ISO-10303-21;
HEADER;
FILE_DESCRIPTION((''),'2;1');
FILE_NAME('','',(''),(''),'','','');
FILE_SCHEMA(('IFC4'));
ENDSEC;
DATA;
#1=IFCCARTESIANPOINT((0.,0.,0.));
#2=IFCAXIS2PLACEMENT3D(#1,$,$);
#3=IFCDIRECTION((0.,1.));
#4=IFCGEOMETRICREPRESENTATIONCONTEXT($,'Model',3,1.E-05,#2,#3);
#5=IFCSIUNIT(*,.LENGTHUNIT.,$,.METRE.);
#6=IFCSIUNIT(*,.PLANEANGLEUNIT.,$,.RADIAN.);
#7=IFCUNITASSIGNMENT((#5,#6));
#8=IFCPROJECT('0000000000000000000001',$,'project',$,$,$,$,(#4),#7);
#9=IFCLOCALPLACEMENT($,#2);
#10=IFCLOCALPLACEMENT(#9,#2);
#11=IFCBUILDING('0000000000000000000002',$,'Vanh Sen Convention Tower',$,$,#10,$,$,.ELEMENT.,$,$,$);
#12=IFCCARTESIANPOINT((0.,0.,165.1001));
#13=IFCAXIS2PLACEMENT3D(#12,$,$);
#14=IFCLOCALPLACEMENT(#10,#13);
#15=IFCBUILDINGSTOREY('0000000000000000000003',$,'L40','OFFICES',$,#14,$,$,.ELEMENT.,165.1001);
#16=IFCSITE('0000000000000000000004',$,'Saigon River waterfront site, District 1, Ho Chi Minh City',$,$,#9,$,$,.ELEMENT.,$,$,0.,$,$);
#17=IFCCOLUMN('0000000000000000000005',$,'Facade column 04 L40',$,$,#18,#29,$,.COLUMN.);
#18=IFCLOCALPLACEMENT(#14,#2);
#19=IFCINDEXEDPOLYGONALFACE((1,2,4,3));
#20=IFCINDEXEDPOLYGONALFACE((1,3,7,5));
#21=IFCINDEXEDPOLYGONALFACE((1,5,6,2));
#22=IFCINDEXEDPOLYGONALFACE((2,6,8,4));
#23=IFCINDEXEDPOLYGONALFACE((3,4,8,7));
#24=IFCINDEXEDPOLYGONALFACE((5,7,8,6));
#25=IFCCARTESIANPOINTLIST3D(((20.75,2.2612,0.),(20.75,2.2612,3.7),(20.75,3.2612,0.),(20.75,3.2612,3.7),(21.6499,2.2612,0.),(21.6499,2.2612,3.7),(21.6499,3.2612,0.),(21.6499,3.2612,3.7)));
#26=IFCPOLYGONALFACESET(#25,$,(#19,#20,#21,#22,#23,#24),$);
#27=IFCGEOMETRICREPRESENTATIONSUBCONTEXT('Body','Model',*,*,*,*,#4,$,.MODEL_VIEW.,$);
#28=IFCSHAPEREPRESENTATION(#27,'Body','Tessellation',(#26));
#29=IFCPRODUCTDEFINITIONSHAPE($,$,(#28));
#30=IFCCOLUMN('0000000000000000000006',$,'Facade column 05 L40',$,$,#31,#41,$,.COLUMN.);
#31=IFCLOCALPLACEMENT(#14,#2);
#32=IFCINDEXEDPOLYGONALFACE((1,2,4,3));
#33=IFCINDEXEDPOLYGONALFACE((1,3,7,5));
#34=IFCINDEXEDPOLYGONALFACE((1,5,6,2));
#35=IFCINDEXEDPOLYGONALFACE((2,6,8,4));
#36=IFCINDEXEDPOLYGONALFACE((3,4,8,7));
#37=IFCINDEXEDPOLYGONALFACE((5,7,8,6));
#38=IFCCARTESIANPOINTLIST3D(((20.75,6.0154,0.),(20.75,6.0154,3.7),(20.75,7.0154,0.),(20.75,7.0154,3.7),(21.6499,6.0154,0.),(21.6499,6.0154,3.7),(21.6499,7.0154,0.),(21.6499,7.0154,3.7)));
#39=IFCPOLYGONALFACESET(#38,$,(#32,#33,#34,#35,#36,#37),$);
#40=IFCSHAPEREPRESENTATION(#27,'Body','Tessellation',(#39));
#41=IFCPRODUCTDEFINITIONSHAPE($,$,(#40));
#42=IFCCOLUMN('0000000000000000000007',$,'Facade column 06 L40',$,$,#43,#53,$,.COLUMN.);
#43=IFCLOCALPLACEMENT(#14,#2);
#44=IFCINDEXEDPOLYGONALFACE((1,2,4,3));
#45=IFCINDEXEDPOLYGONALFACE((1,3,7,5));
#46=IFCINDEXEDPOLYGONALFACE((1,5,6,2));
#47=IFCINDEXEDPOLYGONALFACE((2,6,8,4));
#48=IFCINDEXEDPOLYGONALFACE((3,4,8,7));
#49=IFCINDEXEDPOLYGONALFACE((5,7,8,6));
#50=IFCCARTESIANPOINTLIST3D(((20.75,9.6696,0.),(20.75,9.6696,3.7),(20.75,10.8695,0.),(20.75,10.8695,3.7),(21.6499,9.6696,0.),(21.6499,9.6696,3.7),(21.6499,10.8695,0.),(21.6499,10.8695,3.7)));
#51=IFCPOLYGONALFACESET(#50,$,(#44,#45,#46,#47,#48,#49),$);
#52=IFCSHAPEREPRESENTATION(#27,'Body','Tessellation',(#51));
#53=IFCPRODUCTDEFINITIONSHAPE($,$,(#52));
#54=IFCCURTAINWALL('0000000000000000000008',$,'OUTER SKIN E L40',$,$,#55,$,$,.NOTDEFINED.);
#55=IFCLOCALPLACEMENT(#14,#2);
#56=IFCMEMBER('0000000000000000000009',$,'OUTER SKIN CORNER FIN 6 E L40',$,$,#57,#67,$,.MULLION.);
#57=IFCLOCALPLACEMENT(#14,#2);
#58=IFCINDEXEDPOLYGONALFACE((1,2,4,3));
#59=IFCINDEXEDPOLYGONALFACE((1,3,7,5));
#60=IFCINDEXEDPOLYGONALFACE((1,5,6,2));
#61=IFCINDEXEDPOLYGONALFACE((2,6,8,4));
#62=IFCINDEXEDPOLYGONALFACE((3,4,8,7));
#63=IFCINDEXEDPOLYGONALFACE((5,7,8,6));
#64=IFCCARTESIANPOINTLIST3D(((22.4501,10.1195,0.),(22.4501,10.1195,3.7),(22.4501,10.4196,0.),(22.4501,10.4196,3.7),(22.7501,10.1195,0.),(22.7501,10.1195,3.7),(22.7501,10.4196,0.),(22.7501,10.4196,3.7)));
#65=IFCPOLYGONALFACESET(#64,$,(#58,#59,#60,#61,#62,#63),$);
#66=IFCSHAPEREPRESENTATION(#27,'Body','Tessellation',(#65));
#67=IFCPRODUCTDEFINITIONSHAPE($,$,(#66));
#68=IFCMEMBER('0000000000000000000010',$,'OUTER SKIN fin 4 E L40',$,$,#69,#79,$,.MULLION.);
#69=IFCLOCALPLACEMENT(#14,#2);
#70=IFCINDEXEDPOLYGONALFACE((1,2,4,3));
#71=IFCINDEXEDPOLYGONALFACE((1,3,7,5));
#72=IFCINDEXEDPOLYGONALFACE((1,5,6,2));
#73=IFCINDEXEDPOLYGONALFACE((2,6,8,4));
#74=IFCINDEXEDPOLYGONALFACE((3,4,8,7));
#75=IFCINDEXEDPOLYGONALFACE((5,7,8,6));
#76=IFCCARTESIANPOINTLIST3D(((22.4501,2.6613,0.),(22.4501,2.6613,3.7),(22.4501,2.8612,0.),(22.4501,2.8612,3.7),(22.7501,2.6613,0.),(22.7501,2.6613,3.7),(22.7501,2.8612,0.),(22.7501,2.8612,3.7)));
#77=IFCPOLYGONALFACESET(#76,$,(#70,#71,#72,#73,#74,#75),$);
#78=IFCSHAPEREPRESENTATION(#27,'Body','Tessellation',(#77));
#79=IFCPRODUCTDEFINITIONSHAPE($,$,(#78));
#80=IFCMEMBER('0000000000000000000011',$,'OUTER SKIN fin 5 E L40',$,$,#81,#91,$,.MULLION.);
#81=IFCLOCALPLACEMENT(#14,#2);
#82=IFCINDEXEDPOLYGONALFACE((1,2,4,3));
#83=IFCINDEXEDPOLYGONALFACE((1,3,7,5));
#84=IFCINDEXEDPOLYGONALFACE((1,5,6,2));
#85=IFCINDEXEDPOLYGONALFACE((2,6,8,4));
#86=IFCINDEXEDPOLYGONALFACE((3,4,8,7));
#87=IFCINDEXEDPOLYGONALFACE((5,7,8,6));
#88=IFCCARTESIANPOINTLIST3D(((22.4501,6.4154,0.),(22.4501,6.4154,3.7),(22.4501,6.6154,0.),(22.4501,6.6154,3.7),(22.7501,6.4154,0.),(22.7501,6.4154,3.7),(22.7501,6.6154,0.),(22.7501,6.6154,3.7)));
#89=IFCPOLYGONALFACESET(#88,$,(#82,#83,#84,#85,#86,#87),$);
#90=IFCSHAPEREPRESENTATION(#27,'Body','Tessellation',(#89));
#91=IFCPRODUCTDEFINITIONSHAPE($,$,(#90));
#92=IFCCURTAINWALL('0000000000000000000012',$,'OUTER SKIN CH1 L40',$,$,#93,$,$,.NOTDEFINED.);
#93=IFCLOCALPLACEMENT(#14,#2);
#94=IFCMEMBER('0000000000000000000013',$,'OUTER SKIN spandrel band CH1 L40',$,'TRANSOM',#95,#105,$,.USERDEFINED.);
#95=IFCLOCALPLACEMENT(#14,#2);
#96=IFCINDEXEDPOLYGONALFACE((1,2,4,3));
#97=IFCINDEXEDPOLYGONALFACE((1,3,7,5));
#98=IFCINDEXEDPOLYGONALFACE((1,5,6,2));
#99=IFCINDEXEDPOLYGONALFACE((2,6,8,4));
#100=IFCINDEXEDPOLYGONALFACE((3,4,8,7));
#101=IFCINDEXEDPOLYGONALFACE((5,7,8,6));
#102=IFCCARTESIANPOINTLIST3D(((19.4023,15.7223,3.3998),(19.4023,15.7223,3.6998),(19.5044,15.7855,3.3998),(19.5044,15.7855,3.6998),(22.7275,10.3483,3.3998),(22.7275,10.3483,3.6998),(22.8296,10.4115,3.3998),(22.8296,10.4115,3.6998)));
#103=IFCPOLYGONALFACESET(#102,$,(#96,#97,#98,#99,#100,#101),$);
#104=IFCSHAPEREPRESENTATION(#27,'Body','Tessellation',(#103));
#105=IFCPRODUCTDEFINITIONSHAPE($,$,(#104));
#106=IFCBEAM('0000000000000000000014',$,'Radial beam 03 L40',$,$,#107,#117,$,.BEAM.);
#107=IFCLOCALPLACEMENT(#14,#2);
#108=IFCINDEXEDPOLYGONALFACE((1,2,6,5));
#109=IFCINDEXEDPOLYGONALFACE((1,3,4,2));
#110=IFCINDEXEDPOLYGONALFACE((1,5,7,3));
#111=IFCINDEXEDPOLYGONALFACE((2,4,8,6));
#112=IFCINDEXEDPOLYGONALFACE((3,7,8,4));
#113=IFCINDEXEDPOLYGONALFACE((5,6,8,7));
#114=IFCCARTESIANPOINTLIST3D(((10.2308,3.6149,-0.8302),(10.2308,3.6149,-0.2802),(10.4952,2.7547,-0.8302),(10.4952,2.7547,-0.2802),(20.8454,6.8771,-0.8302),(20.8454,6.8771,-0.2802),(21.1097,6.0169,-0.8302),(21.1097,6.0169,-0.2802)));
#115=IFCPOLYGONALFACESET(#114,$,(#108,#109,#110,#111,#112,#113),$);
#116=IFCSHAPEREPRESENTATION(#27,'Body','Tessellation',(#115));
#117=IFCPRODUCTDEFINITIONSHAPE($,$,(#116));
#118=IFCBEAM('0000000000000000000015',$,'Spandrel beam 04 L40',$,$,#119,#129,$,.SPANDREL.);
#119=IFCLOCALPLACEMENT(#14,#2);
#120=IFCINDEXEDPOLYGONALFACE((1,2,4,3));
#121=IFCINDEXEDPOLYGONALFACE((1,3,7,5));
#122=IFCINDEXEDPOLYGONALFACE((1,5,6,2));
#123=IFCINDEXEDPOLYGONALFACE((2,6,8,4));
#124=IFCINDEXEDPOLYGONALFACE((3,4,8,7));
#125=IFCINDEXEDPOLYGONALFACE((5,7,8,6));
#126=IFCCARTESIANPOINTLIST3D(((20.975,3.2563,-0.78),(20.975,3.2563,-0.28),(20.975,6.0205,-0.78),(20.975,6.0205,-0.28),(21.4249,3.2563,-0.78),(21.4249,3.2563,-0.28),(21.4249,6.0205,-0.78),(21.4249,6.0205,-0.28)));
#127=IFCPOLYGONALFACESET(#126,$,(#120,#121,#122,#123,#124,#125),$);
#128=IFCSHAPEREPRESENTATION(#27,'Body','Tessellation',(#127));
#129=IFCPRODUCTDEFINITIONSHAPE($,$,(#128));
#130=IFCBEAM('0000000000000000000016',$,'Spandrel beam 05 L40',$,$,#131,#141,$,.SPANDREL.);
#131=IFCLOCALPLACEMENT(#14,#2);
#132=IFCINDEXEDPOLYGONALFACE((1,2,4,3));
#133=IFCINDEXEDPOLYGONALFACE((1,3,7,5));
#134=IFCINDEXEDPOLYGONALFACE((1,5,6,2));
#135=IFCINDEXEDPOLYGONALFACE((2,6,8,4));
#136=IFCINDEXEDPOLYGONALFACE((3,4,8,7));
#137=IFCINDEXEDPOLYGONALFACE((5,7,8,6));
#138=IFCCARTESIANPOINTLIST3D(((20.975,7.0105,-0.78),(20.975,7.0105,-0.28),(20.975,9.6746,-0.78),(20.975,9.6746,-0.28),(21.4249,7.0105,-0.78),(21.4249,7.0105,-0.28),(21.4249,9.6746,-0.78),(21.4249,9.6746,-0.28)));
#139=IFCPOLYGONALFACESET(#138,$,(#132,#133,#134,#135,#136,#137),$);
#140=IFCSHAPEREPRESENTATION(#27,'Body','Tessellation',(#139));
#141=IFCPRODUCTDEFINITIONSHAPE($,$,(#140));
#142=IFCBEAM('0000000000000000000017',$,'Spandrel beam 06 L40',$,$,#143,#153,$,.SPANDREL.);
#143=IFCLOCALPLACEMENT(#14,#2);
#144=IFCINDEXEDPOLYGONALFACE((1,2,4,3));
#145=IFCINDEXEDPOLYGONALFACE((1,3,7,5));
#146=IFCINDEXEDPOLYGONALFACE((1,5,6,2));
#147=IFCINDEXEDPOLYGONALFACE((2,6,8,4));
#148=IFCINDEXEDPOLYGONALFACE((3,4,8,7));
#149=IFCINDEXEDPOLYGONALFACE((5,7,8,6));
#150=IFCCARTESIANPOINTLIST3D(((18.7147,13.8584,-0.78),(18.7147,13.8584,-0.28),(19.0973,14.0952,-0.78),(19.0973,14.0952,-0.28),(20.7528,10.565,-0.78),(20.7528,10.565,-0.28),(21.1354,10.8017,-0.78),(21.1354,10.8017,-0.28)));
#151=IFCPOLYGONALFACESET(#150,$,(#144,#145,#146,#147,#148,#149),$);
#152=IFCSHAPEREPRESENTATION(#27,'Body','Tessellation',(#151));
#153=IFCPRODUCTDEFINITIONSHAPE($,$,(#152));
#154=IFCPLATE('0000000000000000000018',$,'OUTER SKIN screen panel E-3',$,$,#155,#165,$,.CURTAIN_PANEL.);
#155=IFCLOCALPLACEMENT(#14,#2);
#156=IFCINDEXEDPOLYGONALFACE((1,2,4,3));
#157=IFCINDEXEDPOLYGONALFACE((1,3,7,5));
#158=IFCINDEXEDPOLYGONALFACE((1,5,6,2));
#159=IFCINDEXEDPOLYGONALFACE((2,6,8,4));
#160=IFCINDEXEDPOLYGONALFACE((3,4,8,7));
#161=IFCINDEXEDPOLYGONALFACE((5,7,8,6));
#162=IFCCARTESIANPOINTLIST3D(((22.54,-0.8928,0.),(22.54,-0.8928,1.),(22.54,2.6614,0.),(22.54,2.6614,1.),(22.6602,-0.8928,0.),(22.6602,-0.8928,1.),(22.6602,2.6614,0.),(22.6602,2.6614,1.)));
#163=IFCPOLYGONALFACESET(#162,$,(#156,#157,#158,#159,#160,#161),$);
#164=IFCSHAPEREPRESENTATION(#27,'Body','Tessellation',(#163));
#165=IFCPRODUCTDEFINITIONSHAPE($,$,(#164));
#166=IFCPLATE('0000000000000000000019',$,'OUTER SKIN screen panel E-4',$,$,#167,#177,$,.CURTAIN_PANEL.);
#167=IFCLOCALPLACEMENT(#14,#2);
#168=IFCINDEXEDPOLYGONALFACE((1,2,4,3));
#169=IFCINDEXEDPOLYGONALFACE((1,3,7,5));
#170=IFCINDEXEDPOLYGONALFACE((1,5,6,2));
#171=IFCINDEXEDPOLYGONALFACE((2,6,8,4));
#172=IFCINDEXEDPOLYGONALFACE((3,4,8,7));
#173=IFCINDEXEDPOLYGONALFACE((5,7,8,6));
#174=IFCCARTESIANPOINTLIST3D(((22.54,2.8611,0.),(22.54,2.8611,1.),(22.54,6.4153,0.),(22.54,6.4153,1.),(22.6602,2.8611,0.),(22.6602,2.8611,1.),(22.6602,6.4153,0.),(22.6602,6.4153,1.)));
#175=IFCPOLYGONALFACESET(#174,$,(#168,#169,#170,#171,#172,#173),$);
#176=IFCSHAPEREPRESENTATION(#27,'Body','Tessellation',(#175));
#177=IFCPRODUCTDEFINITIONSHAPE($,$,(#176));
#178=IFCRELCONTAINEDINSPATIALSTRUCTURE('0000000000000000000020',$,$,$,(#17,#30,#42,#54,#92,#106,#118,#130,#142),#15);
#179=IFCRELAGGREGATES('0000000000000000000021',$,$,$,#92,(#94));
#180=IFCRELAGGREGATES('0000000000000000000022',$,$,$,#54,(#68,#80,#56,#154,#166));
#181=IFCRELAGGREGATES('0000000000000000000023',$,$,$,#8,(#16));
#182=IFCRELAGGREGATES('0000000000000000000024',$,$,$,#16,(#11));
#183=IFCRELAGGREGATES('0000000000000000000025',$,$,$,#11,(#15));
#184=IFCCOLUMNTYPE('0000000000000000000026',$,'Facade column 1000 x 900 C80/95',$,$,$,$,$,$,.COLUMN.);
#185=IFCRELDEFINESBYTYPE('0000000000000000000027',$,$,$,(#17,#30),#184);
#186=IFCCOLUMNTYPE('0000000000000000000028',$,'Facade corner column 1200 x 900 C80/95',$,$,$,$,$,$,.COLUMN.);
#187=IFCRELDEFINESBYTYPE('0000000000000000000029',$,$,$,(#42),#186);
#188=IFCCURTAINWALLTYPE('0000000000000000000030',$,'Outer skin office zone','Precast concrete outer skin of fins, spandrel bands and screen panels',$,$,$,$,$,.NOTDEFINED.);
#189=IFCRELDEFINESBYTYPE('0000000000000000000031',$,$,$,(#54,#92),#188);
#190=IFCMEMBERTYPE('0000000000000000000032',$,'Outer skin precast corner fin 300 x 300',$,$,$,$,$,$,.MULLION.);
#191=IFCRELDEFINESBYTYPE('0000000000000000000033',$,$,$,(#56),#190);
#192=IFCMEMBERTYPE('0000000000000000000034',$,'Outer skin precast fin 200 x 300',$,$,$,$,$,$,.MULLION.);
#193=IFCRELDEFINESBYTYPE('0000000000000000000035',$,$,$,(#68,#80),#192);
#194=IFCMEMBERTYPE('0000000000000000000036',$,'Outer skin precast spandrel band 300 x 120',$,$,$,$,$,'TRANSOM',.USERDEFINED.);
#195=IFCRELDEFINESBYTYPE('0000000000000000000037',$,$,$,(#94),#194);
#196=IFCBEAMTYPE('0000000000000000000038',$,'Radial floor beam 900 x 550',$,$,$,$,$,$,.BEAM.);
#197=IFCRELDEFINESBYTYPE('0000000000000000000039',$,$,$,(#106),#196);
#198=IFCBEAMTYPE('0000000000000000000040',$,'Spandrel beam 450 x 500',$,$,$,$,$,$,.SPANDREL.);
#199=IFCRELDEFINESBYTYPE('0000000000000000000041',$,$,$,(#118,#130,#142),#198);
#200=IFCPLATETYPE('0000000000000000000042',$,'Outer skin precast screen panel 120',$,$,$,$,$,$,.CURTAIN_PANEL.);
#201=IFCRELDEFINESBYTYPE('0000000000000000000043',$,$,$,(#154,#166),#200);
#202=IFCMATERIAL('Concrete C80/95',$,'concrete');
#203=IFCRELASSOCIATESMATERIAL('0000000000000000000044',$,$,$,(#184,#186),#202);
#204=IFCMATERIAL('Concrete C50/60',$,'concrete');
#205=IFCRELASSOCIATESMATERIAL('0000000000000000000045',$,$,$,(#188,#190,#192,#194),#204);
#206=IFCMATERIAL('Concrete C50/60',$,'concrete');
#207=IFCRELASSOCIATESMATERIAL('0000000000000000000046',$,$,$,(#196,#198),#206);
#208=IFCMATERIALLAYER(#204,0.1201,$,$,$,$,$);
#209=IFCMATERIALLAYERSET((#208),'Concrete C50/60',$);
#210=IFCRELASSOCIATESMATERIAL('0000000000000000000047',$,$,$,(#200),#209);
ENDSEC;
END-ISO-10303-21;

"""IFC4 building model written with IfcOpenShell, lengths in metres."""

from ifc_helpers import new_model, si_unit, direction, frame, origin, origin_2d, place, context, subcontext, project, spatial, rectangle, extrude, material, layer, layer_set, material_profile, profile_set, type_object, element, aggregate, save


model = new_model("IFC4")

# Units and contexts
model_context = context("Model", 3, precision=1e-05, world=origin(), true_north=direction((0.0, 1.0)))
body_context = subcontext(model_context, "Body", "Model", "MODEL_VIEW")
ifc_project = project(units=[si_unit("LENGTHUNIT", "METRE"), si_unit("PLANEANGLEUNIT", "RADIAN")], contexts=[model_context])

# Site, building, storey
site_placement = place(None, origin())
site = spatial("IfcSite", under=ifc_project, at=site_placement, Name="Saigon River waterfront site, District 1, Ho Chi Minh City", CompositionType="ELEMENT", RefElevation=0.0)
building_placement = place(site_placement, origin())
building = spatial("IfcBuilding", under=site, at=building_placement, Name="Vanh Sen Convention Tower", CompositionType="ELEMENT")
storey_placement = place(building_placement, frame((0.0, 0.0, 165.1001)))
storey = spatial("IfcBuildingStorey", under=building, at=storey_placement, Name="L40", Description="OFFICES", CompositionType="ELEMENT", Elevation=165.1001)

# Columns
ifc_material_1 = material(Name="Concrete C80/95", Category="concrete")
ifc_material_profile_1 = material_profile(ifc_material_1, rectangle(XDim=1.0, YDim=0.8999, at=origin_2d()), Name="RC 1000X900")
ifc_profile_set_1 = profile_set([ifc_material_profile_1], Name="Concrete C80/95")
column_type_1 = type_object("IfcColumnType", Name="Facade column 1000 x 900 C80/95", PredefinedType="COLUMN", material=ifc_profile_set_1)
for number, where, z_axis, x_axis, name in (
    (1, (21.2, 2.7612, 0.0), (0.0, 0.0, 1.0), (0.0, 1.0, 0.0), "Facade column 04 L40"),
    (2, (21.2, 6.5154, 0.0), (0.0, 0.0, 1.0), (0.0, 1.0, 0.0), "Facade column 05 L40"),
):
    element("IfcColumn", number, at=place(storey_placement, frame(where, z_axis=z_axis, x_axis=x_axis)), inside=storey, type_object=column_type_1, Name=name, PredefinedType="COLUMN", context=body_context, shape_type="SweptSolid", body=[
        extrude(rectangle(XDim=1.0, YDim=0.8999, at=origin_2d()), origin(), (0.0, 0.0, 1.0), 3.7),
    ])
ifc_material_profile_2 = material_profile(ifc_material_1, rectangle(XDim=1.2, YDim=0.8999, at=origin_2d()), Name="RC 1200X900")
ifc_profile_set_2 = profile_set([ifc_material_profile_2], Name="Concrete C80/95")
column_type_2 = type_object("IfcColumnType", Name="Facade corner column 1200 x 900 C80/95", PredefinedType="COLUMN", material=ifc_profile_set_2)
column_placement = place(storey_placement, frame((21.2, 10.2695, 0.0), z_axis=(0.0, 0.0, 1.0), x_axis=(0.0, 1.0, 0.0)))
element("IfcColumn", 3, at=column_placement, inside=storey, type_object=column_type_2, Name="Facade column 06 L40", PredefinedType="COLUMN", context=body_context, shape_type="SweptSolid", body=[
    extrude(rectangle(XDim=1.2, YDim=0.8999, at=origin_2d()), origin(), (0.0, 0.0, 1.0), 3.7),
])

# Curtain wall, members
ifc_material_2 = material(Name="Concrete C50/60", Category="concrete")
curtain_wall_type = type_object("IfcCurtainWallType", Name="Outer skin office zone", Description="Precast concrete outer skin of fins, spandrel bands and screen panels", PredefinedType="NOTDEFINED", material=ifc_material_2)
curtain_wall_1_placement = place(storey_placement, origin())
curtain_wall_1 = element("IfcCurtainWall", 4, at=curtain_wall_1_placement, inside=storey, type_object=curtain_wall_type, Name="OUTER SKIN E L40", PredefinedType="NOTDEFINED")
ifc_material_profile_3 = material_profile(ifc_material_2, rectangle(XDim=0.3, YDim=0.3, at=origin_2d()), Name="Outer skin precast corner fin 300 x 300")
ifc_profile_set_3 = profile_set([ifc_material_profile_3], Name="Concrete C50/60")
member_type_1 = type_object("IfcMemberType", Name="Outer skin precast corner fin 300 x 300", PredefinedType="MULLION", material=ifc_profile_set_3)
member_1_placement = place(storey_placement, frame((22.6001, 10.2695, 0.0), z_axis=(0.0, 0.0, 1.0), x_axis=(0.0, 1.0, 0.0)))
member_1 = element("IfcMember", 5, at=member_1_placement, type_object=member_type_1, Name="OUTER SKIN CORNER FIN 6 E L40", PredefinedType="MULLION", context=body_context, shape_type="SweptSolid", body=[
    extrude(rectangle(XDim=0.3, YDim=0.3, at=origin_2d()), origin(), (0.0, 0.0, 1.0), 3.7),
])
ifc_material_profile_4 = material_profile(ifc_material_2, rectangle(XDim=0.2, YDim=0.3, at=origin_2d()), Name="Outer skin precast fin 200 x 300")
ifc_profile_set_4 = profile_set([ifc_material_profile_4], Name="Concrete C50/60")
member_type_2 = type_object("IfcMemberType", Name="Outer skin precast fin 200 x 300", PredefinedType="MULLION", material=ifc_profile_set_4)
member_2_placement = place(storey_placement, frame((22.6001, 2.7612, 0.0), z_axis=(0.0, 0.0, 1.0), x_axis=(0.0, 1.0, 0.0)))
member_2 = element("IfcMember", 6, at=member_2_placement, type_object=member_type_2, Name="OUTER SKIN fin 4 E L40", PredefinedType="MULLION", context=body_context, shape_type="SweptSolid", body=[
    extrude(rectangle(XDim=0.2, YDim=0.3, at=origin_2d()), origin(), (0.0, 0.0, 1.0), 3.7),
])
member_3_placement = place(storey_placement, frame((22.6001, 6.5154, 0.0), z_axis=(0.0, 0.0, 1.0), x_axis=(0.0, 1.0, 0.0)))
member_3 = element("IfcMember", 7, at=member_3_placement, type_object=member_type_2, Name="OUTER SKIN fin 5 E L40", PredefinedType="MULLION", context=body_context, shape_type="SweptSolid", body=[
    extrude(rectangle(XDim=0.2, YDim=0.3, at=origin_2d()), origin(), (0.0, 0.0, 1.0), 3.7),
])

# Curtain wall, member
curtain_wall_2_placement = place(storey_placement, origin())
curtain_wall_2 = element("IfcCurtainWall", 8, at=curtain_wall_2_placement, inside=storey, type_object=curtain_wall_type, Name="OUTER SKIN CH1 L40", PredefinedType="NOTDEFINED")
ifc_material_profile_5 = material_profile(ifc_material_2, rectangle(XDim=0.1201, YDim=0.3, at=origin_2d()), Name="Outer skin precast spandrel band 300 x 120")
ifc_profile_set_5 = profile_set([ifc_material_profile_5], Name="Concrete C50/60")
member_type_3 = type_object("IfcMemberType", Name="Outer skin precast spandrel band 300 x 120", ElementType="TRANSOM", PredefinedType="USERDEFINED", material=ifc_profile_set_5)
member_4_placement = place(storey_placement, frame((22.7786, 10.3799, 3.5498), z_axis=(-0.526174, 0.850377, 0.0), x_axis=(-0.850377, -0.526174, 0.0)))
member_4 = element("IfcMember", 9, at=member_4_placement, type_object=member_type_3, Name="OUTER SKIN spandrel band CH1 L40", ObjectType="TRANSOM", PredefinedType="USERDEFINED", context=body_context, shape_type="SweptSolid", body=[
    extrude(rectangle(XDim=0.1201, YDim=0.3, at=origin_2d()), origin(), (0.0, 0.0, 1.0), 6.3196),
])
aggregate(curtain_wall_2, [member_4])

# Beams
ifc_material_3 = material(Name="Concrete C50/60", Category="concrete")
ifc_material_profile_6 = material_profile(ifc_material_3, rectangle(XDim=0.8999, YDim=0.55, at=origin_2d()), Name="RC 900X550")
ifc_profile_set_6 = profile_set([ifc_material_profile_6], Name="Concrete C50/60")
beam_type_1 = type_object("IfcBeamType", Name="Radial floor beam 900 x 550", PredefinedType="BEAM", material=ifc_profile_set_6)
beam_1_placement = place(storey_placement, frame((20.9775, 6.447, -0.5552), z_axis=(-0.955875, -0.293774, 0.0), x_axis=(0.293774, -0.955875, 0.0)))
element("IfcBeam", 10, at=beam_1_placement, inside=storey, type_object=beam_type_1, Name="Radial beam 03 L40", PredefinedType="BEAM", context=body_context, shape_type="SweptSolid", body=[
    extrude(rectangle(XDim=0.8999, YDim=0.55, at=origin_2d()), origin(), (0.0, 0.0, 1.0), 11.1045),
])
ifc_material_profile_7 = material_profile(ifc_material_3, rectangle(XDim=0.45, YDim=0.5, at=origin_2d()), Name="RC 450X500")
ifc_profile_set_7 = profile_set([ifc_material_profile_7], Name="Concrete C50/60")
beam_type_2 = type_object("IfcBeamType", Name="Spandrel beam 450 x 500", PredefinedType="SPANDREL", material=ifc_profile_set_7)
beam_2_placement = place(storey_placement, frame((21.2, 3.2563, -0.53), z_axis=(0.0, 1.0, 0.0), x_axis=(-1.0, 0.0, 0.0)))
element("IfcBeam", 11, at=beam_2_placement, inside=storey, type_object=beam_type_2, Name="Spandrel beam 04 L40", PredefinedType="SPANDREL", context=body_context, shape_type="SweptSolid", body=[
    extrude(rectangle(XDim=0.45, YDim=0.5, at=origin_2d()), origin(), (0.0, 0.0, 1.0), 2.7642),
])
beam_3_placement = place(storey_placement, frame((21.2, 7.0105, -0.53), z_axis=(0.0, 1.0, 0.0), x_axis=(-1.0, 0.0, 0.0)))
element("IfcBeam", 12, at=beam_3_placement, inside=storey, type_object=beam_type_2, Name="Spandrel beam 05 L40", PredefinedType="SPANDREL", context=body_context, shape_type="SweptSolid", body=[
    extrude(rectangle(XDim=0.45, YDim=0.5, at=origin_2d()), origin(), (0.0, 0.0, 1.0), 2.6641),
])
beam_4_placement = place(storey_placement, frame((20.9441, 10.6833, -0.53), z_axis=(-0.52622, 0.850348, 0.0), x_axis=(-0.850348, -0.52622, 0.0)))
element("IfcBeam", 13, at=beam_4_placement, inside=storey, type_object=beam_type_2, Name="Spandrel beam 06 L40", PredefinedType="SPANDREL", context=body_context, shape_type="SweptSolid", body=[
    extrude(rectangle(XDim=0.45, YDim=0.5, at=origin_2d()), origin(), (0.0, 0.0, 1.0), 3.873),
])

# Plates
ifc_layer_1 = layer(ifc_material_2, 0.1201)
ifc_layer_set_1 = layer_set([ifc_layer_1], Name="Concrete C50/60")
plate_type = type_object("IfcPlateType", Name="Outer skin precast screen panel 120", PredefinedType="CURTAIN_PANEL", material=ifc_layer_set_1)
plate_1_placement = place(storey_placement, frame((22.6001, 0.8843, 0.0), z_axis=(0.0, 0.0, 1.0), x_axis=(0.0, 1.0, 0.0)))
plate_1 = element("IfcPlate", 14, at=plate_1_placement, type_object=plate_type, Name="OUTER SKIN screen panel E-3", PredefinedType="CURTAIN_PANEL", context=body_context, shape_type="SweptSolid", body=[
    extrude(rectangle(XDim=3.5542, YDim=0.1201, at=origin_2d()), origin(), (0.0, 0.0, 1.0), 1.0),
])
plate_2_placement = place(storey_placement, frame((22.6001, 4.6382, 0.0), z_axis=(0.0, 0.0, 1.0), x_axis=(0.0, 1.0, 0.0)))
plate_2 = element("IfcPlate", 15, at=plate_2_placement, type_object=plate_type, Name="OUTER SKIN screen panel E-4", PredefinedType="CURTAIN_PANEL", context=body_context, shape_type="SweptSolid", body=[
    extrude(rectangle(XDim=3.5542, YDim=0.1201, at=origin_2d()), origin(), (0.0, 0.0, 1.0), 1.0),
])
aggregate(curtain_wall_1, [member_2, member_3, member_1, plate_1, plate_2])

save(model, "model.ifc")
